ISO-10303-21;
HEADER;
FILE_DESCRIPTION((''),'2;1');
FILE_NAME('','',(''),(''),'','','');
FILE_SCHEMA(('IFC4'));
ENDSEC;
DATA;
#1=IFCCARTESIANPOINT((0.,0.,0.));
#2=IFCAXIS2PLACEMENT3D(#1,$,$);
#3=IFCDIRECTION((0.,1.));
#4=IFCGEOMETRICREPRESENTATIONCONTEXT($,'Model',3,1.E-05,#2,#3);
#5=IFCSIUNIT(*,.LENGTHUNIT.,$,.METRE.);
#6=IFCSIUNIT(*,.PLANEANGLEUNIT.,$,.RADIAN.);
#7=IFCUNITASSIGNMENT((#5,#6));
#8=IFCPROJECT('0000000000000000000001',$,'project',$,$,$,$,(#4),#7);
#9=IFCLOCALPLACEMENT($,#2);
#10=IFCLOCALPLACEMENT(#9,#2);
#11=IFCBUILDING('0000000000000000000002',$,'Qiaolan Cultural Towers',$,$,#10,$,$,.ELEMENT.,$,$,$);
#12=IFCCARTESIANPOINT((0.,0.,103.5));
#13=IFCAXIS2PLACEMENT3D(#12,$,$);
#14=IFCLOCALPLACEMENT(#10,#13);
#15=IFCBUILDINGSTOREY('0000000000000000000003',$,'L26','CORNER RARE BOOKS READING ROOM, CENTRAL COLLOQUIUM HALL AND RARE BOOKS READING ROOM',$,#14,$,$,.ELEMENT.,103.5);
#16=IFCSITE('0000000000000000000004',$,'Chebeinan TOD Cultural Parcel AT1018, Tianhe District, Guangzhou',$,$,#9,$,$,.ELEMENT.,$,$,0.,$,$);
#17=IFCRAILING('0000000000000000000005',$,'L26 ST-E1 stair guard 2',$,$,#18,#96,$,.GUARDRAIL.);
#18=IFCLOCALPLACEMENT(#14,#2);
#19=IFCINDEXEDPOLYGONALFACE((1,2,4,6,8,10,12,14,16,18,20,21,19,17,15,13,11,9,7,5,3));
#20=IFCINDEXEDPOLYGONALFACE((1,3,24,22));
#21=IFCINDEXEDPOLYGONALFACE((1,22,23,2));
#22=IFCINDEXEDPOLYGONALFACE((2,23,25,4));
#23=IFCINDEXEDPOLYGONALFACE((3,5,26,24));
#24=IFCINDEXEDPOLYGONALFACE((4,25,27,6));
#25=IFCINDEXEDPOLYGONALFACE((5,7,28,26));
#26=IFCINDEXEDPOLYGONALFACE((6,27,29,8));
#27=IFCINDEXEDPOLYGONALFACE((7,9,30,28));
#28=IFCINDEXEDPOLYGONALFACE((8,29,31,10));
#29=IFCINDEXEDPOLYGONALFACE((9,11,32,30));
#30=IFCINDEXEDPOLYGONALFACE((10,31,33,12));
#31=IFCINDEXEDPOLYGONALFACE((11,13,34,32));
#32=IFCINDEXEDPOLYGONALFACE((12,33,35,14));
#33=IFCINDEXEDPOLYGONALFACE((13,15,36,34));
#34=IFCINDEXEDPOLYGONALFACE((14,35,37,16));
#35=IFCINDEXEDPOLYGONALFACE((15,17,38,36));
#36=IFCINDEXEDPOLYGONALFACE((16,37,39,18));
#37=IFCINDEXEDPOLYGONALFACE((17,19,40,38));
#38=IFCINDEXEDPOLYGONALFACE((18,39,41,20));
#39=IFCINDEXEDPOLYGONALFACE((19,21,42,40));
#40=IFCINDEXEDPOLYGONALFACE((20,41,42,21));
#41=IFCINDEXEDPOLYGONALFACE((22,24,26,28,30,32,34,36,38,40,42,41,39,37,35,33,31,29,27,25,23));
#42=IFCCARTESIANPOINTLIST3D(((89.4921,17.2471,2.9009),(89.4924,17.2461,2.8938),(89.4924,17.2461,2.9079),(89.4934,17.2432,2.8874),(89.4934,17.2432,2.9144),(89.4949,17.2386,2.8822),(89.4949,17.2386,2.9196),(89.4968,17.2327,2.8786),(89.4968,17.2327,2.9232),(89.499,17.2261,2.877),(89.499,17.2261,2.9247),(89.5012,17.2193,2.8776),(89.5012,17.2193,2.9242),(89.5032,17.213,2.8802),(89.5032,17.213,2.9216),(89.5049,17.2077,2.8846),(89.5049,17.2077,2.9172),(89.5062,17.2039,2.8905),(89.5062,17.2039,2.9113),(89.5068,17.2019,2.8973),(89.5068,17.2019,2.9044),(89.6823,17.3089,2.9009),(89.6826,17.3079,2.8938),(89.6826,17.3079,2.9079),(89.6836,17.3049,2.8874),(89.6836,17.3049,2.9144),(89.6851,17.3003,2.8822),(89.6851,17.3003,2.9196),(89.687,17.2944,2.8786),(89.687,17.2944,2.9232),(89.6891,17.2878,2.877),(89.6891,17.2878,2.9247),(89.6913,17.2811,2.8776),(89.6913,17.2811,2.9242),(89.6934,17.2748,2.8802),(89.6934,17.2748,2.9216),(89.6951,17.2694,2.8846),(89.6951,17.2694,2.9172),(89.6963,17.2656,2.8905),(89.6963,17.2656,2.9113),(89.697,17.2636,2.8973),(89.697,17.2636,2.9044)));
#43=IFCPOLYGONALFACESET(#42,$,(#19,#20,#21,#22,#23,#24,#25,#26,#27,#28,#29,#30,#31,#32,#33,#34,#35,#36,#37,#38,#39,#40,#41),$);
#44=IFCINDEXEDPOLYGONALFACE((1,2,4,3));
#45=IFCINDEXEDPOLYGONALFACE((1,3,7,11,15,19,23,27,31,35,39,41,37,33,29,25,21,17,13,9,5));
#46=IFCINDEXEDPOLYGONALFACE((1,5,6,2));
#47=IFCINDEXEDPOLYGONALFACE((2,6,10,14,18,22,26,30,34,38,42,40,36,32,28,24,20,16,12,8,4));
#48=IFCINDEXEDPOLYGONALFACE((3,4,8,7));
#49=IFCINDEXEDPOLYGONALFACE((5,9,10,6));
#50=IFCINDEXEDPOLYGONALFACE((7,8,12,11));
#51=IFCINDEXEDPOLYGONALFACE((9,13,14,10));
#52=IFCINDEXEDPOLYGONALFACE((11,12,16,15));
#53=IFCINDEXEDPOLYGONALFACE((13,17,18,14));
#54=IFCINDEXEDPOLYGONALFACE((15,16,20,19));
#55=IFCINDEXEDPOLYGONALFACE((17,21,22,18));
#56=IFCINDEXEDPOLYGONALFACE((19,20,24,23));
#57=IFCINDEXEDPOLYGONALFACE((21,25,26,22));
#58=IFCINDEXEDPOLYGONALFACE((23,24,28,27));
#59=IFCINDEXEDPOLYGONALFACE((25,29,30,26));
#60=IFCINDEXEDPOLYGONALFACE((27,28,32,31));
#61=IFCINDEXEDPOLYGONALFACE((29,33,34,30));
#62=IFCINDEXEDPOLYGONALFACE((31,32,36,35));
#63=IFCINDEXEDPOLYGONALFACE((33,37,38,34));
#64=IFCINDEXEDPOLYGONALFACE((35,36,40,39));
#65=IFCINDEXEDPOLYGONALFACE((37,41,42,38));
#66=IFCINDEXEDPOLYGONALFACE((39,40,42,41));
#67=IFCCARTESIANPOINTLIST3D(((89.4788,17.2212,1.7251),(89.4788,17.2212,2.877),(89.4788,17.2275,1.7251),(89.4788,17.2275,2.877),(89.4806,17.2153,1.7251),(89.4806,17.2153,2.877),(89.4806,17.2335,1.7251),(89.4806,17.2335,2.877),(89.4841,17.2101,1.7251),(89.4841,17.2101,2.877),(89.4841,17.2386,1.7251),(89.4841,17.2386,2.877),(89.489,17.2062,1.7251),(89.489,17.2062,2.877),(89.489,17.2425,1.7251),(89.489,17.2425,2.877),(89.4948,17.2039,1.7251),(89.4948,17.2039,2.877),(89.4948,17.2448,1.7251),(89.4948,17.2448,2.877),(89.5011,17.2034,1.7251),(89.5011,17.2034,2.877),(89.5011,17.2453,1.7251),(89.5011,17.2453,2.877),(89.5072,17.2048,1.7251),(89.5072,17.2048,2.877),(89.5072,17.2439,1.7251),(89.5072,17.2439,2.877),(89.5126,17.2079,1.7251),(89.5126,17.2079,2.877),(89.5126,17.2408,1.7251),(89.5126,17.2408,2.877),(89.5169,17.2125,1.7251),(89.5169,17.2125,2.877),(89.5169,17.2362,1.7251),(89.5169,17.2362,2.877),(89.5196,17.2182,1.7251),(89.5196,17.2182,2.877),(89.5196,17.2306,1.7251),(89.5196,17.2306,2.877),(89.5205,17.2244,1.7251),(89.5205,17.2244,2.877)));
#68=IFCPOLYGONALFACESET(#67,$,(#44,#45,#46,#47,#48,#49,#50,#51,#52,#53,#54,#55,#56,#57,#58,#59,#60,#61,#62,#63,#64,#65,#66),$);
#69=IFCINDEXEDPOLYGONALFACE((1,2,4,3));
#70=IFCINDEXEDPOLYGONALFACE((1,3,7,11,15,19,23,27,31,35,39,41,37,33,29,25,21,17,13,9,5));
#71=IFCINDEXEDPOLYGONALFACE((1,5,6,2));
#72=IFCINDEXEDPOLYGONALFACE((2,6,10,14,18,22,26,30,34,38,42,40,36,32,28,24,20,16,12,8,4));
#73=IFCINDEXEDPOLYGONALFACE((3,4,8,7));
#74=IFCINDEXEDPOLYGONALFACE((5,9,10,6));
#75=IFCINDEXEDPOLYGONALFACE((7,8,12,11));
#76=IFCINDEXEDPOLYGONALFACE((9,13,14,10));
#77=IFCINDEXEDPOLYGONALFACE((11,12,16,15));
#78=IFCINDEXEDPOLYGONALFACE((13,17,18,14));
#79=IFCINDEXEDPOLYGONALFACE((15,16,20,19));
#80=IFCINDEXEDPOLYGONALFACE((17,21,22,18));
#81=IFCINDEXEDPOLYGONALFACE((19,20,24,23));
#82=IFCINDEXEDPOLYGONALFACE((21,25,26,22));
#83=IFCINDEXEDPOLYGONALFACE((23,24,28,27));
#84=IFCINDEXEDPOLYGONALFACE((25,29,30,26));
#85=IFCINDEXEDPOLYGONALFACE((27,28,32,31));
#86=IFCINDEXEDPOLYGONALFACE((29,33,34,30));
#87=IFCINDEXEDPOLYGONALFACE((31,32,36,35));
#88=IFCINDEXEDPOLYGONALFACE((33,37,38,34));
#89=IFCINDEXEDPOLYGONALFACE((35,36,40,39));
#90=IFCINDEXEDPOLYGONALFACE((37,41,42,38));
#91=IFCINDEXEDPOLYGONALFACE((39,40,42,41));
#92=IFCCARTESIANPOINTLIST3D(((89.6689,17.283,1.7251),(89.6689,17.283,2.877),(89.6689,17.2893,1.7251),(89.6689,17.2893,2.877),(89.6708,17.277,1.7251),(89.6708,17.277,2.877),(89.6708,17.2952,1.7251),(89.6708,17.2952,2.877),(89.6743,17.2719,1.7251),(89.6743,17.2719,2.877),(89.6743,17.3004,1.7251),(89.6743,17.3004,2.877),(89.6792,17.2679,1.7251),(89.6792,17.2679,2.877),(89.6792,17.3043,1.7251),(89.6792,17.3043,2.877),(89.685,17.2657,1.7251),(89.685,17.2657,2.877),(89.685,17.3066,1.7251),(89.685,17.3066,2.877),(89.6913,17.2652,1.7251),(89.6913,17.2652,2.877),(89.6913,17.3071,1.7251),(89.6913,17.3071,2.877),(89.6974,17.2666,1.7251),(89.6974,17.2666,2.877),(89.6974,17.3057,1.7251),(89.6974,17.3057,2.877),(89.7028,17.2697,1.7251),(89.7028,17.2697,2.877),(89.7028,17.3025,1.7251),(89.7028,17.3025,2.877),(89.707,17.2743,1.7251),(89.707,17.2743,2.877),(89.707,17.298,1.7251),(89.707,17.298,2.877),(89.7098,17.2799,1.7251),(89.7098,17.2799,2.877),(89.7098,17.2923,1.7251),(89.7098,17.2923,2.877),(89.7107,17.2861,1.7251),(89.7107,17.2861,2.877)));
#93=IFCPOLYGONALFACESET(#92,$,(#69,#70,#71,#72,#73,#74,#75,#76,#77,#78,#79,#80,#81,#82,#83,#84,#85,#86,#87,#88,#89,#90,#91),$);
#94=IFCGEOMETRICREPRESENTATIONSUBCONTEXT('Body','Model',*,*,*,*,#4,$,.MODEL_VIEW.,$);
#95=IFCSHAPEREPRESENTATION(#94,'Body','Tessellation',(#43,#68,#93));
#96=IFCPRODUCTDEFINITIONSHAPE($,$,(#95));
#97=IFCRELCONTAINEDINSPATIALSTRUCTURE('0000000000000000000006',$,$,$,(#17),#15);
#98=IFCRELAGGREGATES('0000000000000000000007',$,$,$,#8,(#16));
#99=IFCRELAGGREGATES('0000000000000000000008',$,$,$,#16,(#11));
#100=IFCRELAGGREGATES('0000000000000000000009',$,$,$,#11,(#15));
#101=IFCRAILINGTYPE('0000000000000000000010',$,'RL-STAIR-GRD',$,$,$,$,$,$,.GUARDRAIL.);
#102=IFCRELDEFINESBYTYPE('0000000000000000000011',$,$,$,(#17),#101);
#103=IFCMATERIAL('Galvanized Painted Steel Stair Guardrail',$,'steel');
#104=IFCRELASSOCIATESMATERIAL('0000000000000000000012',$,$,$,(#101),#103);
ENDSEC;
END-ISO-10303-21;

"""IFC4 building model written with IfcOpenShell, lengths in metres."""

from ifc_helpers import new_model, si_unit, direction, frame, origin, origin_2d, place, context, subcontext, project, spatial, circle, extrude, material, type_object, element, save


model = new_model("IFC4")

# Units and contexts
model_context = context("Model", 3, precision=1e-05, world=origin(), true_north=direction((0.0, 1.0)))
body_context = subcontext(model_context, "Body", "Model", "MODEL_VIEW")
ifc_project = project(units=[si_unit("LENGTHUNIT", "METRE"), si_unit("PLANEANGLEUNIT", "RADIAN")], contexts=[model_context])

# Site, building, storey
site_placement = place(None, origin())
site = spatial("IfcSite", under=ifc_project, at=site_placement, Name="Chebeinan TOD Cultural Parcel AT1018, Tianhe District, Guangzhou", CompositionType="ELEMENT", RefElevation=0.0)
building_placement = place(site_placement, origin())
building = spatial("IfcBuilding", under=site, at=building_placement, Name="Qiaolan Cultural Towers", CompositionType="ELEMENT")
storey_placement = place(building_placement, frame((0.0, 0.0, 103.5)))
storey = spatial("IfcBuildingStorey", under=building, at=storey_placement, Name="L26", Description="CORNER RARE BOOKS READING ROOM, CENTRAL COLLOQUIUM HALL AND RARE BOOKS READING ROOM", CompositionType="ELEMENT", Elevation=103.5)

# Railing
ifc_material_1 = material(Name="Galvanized Painted Steel Stair Guardrail", Category="steel")
railing_type_1 = type_object("IfcRailingType", Name="RL-STAIR-GRD", PredefinedType="GUARDRAIL", material=ifc_material_1)
railing_1_placement = place(storey_placement, frame((89.4995, 17.2244, 1.7251)))
element("IfcRailing", 1, at=railing_1_placement, inside=storey, type_object=railing_type_1, Name="L26 ST-E1 stair guard 2", PredefinedType="GUARDRAIL", context=body_context, shape_type="SweptSolid", body=[
    extrude(circle(Radius=0.0239, at=origin_2d()), frame((0.0, 0.0, 1.1758), z_axis=(0.951097, 0.308893, 0.0), x_axis=(-0.308893, 0.951097, 0.0)), (0.0, 0.0, 1.0), 0.2),
    extrude(circle(Radius=0.021, at=origin_2d()), origin(), (0.0, 0.0, 1.0), 1.1519),
    extrude(circle(Radius=0.021, at=origin_2d()), frame((0.1902, 0.0618, 0.0)), (0.0, 0.0, 1.0), 1.1519),
])

save(model, "model.ifc")
